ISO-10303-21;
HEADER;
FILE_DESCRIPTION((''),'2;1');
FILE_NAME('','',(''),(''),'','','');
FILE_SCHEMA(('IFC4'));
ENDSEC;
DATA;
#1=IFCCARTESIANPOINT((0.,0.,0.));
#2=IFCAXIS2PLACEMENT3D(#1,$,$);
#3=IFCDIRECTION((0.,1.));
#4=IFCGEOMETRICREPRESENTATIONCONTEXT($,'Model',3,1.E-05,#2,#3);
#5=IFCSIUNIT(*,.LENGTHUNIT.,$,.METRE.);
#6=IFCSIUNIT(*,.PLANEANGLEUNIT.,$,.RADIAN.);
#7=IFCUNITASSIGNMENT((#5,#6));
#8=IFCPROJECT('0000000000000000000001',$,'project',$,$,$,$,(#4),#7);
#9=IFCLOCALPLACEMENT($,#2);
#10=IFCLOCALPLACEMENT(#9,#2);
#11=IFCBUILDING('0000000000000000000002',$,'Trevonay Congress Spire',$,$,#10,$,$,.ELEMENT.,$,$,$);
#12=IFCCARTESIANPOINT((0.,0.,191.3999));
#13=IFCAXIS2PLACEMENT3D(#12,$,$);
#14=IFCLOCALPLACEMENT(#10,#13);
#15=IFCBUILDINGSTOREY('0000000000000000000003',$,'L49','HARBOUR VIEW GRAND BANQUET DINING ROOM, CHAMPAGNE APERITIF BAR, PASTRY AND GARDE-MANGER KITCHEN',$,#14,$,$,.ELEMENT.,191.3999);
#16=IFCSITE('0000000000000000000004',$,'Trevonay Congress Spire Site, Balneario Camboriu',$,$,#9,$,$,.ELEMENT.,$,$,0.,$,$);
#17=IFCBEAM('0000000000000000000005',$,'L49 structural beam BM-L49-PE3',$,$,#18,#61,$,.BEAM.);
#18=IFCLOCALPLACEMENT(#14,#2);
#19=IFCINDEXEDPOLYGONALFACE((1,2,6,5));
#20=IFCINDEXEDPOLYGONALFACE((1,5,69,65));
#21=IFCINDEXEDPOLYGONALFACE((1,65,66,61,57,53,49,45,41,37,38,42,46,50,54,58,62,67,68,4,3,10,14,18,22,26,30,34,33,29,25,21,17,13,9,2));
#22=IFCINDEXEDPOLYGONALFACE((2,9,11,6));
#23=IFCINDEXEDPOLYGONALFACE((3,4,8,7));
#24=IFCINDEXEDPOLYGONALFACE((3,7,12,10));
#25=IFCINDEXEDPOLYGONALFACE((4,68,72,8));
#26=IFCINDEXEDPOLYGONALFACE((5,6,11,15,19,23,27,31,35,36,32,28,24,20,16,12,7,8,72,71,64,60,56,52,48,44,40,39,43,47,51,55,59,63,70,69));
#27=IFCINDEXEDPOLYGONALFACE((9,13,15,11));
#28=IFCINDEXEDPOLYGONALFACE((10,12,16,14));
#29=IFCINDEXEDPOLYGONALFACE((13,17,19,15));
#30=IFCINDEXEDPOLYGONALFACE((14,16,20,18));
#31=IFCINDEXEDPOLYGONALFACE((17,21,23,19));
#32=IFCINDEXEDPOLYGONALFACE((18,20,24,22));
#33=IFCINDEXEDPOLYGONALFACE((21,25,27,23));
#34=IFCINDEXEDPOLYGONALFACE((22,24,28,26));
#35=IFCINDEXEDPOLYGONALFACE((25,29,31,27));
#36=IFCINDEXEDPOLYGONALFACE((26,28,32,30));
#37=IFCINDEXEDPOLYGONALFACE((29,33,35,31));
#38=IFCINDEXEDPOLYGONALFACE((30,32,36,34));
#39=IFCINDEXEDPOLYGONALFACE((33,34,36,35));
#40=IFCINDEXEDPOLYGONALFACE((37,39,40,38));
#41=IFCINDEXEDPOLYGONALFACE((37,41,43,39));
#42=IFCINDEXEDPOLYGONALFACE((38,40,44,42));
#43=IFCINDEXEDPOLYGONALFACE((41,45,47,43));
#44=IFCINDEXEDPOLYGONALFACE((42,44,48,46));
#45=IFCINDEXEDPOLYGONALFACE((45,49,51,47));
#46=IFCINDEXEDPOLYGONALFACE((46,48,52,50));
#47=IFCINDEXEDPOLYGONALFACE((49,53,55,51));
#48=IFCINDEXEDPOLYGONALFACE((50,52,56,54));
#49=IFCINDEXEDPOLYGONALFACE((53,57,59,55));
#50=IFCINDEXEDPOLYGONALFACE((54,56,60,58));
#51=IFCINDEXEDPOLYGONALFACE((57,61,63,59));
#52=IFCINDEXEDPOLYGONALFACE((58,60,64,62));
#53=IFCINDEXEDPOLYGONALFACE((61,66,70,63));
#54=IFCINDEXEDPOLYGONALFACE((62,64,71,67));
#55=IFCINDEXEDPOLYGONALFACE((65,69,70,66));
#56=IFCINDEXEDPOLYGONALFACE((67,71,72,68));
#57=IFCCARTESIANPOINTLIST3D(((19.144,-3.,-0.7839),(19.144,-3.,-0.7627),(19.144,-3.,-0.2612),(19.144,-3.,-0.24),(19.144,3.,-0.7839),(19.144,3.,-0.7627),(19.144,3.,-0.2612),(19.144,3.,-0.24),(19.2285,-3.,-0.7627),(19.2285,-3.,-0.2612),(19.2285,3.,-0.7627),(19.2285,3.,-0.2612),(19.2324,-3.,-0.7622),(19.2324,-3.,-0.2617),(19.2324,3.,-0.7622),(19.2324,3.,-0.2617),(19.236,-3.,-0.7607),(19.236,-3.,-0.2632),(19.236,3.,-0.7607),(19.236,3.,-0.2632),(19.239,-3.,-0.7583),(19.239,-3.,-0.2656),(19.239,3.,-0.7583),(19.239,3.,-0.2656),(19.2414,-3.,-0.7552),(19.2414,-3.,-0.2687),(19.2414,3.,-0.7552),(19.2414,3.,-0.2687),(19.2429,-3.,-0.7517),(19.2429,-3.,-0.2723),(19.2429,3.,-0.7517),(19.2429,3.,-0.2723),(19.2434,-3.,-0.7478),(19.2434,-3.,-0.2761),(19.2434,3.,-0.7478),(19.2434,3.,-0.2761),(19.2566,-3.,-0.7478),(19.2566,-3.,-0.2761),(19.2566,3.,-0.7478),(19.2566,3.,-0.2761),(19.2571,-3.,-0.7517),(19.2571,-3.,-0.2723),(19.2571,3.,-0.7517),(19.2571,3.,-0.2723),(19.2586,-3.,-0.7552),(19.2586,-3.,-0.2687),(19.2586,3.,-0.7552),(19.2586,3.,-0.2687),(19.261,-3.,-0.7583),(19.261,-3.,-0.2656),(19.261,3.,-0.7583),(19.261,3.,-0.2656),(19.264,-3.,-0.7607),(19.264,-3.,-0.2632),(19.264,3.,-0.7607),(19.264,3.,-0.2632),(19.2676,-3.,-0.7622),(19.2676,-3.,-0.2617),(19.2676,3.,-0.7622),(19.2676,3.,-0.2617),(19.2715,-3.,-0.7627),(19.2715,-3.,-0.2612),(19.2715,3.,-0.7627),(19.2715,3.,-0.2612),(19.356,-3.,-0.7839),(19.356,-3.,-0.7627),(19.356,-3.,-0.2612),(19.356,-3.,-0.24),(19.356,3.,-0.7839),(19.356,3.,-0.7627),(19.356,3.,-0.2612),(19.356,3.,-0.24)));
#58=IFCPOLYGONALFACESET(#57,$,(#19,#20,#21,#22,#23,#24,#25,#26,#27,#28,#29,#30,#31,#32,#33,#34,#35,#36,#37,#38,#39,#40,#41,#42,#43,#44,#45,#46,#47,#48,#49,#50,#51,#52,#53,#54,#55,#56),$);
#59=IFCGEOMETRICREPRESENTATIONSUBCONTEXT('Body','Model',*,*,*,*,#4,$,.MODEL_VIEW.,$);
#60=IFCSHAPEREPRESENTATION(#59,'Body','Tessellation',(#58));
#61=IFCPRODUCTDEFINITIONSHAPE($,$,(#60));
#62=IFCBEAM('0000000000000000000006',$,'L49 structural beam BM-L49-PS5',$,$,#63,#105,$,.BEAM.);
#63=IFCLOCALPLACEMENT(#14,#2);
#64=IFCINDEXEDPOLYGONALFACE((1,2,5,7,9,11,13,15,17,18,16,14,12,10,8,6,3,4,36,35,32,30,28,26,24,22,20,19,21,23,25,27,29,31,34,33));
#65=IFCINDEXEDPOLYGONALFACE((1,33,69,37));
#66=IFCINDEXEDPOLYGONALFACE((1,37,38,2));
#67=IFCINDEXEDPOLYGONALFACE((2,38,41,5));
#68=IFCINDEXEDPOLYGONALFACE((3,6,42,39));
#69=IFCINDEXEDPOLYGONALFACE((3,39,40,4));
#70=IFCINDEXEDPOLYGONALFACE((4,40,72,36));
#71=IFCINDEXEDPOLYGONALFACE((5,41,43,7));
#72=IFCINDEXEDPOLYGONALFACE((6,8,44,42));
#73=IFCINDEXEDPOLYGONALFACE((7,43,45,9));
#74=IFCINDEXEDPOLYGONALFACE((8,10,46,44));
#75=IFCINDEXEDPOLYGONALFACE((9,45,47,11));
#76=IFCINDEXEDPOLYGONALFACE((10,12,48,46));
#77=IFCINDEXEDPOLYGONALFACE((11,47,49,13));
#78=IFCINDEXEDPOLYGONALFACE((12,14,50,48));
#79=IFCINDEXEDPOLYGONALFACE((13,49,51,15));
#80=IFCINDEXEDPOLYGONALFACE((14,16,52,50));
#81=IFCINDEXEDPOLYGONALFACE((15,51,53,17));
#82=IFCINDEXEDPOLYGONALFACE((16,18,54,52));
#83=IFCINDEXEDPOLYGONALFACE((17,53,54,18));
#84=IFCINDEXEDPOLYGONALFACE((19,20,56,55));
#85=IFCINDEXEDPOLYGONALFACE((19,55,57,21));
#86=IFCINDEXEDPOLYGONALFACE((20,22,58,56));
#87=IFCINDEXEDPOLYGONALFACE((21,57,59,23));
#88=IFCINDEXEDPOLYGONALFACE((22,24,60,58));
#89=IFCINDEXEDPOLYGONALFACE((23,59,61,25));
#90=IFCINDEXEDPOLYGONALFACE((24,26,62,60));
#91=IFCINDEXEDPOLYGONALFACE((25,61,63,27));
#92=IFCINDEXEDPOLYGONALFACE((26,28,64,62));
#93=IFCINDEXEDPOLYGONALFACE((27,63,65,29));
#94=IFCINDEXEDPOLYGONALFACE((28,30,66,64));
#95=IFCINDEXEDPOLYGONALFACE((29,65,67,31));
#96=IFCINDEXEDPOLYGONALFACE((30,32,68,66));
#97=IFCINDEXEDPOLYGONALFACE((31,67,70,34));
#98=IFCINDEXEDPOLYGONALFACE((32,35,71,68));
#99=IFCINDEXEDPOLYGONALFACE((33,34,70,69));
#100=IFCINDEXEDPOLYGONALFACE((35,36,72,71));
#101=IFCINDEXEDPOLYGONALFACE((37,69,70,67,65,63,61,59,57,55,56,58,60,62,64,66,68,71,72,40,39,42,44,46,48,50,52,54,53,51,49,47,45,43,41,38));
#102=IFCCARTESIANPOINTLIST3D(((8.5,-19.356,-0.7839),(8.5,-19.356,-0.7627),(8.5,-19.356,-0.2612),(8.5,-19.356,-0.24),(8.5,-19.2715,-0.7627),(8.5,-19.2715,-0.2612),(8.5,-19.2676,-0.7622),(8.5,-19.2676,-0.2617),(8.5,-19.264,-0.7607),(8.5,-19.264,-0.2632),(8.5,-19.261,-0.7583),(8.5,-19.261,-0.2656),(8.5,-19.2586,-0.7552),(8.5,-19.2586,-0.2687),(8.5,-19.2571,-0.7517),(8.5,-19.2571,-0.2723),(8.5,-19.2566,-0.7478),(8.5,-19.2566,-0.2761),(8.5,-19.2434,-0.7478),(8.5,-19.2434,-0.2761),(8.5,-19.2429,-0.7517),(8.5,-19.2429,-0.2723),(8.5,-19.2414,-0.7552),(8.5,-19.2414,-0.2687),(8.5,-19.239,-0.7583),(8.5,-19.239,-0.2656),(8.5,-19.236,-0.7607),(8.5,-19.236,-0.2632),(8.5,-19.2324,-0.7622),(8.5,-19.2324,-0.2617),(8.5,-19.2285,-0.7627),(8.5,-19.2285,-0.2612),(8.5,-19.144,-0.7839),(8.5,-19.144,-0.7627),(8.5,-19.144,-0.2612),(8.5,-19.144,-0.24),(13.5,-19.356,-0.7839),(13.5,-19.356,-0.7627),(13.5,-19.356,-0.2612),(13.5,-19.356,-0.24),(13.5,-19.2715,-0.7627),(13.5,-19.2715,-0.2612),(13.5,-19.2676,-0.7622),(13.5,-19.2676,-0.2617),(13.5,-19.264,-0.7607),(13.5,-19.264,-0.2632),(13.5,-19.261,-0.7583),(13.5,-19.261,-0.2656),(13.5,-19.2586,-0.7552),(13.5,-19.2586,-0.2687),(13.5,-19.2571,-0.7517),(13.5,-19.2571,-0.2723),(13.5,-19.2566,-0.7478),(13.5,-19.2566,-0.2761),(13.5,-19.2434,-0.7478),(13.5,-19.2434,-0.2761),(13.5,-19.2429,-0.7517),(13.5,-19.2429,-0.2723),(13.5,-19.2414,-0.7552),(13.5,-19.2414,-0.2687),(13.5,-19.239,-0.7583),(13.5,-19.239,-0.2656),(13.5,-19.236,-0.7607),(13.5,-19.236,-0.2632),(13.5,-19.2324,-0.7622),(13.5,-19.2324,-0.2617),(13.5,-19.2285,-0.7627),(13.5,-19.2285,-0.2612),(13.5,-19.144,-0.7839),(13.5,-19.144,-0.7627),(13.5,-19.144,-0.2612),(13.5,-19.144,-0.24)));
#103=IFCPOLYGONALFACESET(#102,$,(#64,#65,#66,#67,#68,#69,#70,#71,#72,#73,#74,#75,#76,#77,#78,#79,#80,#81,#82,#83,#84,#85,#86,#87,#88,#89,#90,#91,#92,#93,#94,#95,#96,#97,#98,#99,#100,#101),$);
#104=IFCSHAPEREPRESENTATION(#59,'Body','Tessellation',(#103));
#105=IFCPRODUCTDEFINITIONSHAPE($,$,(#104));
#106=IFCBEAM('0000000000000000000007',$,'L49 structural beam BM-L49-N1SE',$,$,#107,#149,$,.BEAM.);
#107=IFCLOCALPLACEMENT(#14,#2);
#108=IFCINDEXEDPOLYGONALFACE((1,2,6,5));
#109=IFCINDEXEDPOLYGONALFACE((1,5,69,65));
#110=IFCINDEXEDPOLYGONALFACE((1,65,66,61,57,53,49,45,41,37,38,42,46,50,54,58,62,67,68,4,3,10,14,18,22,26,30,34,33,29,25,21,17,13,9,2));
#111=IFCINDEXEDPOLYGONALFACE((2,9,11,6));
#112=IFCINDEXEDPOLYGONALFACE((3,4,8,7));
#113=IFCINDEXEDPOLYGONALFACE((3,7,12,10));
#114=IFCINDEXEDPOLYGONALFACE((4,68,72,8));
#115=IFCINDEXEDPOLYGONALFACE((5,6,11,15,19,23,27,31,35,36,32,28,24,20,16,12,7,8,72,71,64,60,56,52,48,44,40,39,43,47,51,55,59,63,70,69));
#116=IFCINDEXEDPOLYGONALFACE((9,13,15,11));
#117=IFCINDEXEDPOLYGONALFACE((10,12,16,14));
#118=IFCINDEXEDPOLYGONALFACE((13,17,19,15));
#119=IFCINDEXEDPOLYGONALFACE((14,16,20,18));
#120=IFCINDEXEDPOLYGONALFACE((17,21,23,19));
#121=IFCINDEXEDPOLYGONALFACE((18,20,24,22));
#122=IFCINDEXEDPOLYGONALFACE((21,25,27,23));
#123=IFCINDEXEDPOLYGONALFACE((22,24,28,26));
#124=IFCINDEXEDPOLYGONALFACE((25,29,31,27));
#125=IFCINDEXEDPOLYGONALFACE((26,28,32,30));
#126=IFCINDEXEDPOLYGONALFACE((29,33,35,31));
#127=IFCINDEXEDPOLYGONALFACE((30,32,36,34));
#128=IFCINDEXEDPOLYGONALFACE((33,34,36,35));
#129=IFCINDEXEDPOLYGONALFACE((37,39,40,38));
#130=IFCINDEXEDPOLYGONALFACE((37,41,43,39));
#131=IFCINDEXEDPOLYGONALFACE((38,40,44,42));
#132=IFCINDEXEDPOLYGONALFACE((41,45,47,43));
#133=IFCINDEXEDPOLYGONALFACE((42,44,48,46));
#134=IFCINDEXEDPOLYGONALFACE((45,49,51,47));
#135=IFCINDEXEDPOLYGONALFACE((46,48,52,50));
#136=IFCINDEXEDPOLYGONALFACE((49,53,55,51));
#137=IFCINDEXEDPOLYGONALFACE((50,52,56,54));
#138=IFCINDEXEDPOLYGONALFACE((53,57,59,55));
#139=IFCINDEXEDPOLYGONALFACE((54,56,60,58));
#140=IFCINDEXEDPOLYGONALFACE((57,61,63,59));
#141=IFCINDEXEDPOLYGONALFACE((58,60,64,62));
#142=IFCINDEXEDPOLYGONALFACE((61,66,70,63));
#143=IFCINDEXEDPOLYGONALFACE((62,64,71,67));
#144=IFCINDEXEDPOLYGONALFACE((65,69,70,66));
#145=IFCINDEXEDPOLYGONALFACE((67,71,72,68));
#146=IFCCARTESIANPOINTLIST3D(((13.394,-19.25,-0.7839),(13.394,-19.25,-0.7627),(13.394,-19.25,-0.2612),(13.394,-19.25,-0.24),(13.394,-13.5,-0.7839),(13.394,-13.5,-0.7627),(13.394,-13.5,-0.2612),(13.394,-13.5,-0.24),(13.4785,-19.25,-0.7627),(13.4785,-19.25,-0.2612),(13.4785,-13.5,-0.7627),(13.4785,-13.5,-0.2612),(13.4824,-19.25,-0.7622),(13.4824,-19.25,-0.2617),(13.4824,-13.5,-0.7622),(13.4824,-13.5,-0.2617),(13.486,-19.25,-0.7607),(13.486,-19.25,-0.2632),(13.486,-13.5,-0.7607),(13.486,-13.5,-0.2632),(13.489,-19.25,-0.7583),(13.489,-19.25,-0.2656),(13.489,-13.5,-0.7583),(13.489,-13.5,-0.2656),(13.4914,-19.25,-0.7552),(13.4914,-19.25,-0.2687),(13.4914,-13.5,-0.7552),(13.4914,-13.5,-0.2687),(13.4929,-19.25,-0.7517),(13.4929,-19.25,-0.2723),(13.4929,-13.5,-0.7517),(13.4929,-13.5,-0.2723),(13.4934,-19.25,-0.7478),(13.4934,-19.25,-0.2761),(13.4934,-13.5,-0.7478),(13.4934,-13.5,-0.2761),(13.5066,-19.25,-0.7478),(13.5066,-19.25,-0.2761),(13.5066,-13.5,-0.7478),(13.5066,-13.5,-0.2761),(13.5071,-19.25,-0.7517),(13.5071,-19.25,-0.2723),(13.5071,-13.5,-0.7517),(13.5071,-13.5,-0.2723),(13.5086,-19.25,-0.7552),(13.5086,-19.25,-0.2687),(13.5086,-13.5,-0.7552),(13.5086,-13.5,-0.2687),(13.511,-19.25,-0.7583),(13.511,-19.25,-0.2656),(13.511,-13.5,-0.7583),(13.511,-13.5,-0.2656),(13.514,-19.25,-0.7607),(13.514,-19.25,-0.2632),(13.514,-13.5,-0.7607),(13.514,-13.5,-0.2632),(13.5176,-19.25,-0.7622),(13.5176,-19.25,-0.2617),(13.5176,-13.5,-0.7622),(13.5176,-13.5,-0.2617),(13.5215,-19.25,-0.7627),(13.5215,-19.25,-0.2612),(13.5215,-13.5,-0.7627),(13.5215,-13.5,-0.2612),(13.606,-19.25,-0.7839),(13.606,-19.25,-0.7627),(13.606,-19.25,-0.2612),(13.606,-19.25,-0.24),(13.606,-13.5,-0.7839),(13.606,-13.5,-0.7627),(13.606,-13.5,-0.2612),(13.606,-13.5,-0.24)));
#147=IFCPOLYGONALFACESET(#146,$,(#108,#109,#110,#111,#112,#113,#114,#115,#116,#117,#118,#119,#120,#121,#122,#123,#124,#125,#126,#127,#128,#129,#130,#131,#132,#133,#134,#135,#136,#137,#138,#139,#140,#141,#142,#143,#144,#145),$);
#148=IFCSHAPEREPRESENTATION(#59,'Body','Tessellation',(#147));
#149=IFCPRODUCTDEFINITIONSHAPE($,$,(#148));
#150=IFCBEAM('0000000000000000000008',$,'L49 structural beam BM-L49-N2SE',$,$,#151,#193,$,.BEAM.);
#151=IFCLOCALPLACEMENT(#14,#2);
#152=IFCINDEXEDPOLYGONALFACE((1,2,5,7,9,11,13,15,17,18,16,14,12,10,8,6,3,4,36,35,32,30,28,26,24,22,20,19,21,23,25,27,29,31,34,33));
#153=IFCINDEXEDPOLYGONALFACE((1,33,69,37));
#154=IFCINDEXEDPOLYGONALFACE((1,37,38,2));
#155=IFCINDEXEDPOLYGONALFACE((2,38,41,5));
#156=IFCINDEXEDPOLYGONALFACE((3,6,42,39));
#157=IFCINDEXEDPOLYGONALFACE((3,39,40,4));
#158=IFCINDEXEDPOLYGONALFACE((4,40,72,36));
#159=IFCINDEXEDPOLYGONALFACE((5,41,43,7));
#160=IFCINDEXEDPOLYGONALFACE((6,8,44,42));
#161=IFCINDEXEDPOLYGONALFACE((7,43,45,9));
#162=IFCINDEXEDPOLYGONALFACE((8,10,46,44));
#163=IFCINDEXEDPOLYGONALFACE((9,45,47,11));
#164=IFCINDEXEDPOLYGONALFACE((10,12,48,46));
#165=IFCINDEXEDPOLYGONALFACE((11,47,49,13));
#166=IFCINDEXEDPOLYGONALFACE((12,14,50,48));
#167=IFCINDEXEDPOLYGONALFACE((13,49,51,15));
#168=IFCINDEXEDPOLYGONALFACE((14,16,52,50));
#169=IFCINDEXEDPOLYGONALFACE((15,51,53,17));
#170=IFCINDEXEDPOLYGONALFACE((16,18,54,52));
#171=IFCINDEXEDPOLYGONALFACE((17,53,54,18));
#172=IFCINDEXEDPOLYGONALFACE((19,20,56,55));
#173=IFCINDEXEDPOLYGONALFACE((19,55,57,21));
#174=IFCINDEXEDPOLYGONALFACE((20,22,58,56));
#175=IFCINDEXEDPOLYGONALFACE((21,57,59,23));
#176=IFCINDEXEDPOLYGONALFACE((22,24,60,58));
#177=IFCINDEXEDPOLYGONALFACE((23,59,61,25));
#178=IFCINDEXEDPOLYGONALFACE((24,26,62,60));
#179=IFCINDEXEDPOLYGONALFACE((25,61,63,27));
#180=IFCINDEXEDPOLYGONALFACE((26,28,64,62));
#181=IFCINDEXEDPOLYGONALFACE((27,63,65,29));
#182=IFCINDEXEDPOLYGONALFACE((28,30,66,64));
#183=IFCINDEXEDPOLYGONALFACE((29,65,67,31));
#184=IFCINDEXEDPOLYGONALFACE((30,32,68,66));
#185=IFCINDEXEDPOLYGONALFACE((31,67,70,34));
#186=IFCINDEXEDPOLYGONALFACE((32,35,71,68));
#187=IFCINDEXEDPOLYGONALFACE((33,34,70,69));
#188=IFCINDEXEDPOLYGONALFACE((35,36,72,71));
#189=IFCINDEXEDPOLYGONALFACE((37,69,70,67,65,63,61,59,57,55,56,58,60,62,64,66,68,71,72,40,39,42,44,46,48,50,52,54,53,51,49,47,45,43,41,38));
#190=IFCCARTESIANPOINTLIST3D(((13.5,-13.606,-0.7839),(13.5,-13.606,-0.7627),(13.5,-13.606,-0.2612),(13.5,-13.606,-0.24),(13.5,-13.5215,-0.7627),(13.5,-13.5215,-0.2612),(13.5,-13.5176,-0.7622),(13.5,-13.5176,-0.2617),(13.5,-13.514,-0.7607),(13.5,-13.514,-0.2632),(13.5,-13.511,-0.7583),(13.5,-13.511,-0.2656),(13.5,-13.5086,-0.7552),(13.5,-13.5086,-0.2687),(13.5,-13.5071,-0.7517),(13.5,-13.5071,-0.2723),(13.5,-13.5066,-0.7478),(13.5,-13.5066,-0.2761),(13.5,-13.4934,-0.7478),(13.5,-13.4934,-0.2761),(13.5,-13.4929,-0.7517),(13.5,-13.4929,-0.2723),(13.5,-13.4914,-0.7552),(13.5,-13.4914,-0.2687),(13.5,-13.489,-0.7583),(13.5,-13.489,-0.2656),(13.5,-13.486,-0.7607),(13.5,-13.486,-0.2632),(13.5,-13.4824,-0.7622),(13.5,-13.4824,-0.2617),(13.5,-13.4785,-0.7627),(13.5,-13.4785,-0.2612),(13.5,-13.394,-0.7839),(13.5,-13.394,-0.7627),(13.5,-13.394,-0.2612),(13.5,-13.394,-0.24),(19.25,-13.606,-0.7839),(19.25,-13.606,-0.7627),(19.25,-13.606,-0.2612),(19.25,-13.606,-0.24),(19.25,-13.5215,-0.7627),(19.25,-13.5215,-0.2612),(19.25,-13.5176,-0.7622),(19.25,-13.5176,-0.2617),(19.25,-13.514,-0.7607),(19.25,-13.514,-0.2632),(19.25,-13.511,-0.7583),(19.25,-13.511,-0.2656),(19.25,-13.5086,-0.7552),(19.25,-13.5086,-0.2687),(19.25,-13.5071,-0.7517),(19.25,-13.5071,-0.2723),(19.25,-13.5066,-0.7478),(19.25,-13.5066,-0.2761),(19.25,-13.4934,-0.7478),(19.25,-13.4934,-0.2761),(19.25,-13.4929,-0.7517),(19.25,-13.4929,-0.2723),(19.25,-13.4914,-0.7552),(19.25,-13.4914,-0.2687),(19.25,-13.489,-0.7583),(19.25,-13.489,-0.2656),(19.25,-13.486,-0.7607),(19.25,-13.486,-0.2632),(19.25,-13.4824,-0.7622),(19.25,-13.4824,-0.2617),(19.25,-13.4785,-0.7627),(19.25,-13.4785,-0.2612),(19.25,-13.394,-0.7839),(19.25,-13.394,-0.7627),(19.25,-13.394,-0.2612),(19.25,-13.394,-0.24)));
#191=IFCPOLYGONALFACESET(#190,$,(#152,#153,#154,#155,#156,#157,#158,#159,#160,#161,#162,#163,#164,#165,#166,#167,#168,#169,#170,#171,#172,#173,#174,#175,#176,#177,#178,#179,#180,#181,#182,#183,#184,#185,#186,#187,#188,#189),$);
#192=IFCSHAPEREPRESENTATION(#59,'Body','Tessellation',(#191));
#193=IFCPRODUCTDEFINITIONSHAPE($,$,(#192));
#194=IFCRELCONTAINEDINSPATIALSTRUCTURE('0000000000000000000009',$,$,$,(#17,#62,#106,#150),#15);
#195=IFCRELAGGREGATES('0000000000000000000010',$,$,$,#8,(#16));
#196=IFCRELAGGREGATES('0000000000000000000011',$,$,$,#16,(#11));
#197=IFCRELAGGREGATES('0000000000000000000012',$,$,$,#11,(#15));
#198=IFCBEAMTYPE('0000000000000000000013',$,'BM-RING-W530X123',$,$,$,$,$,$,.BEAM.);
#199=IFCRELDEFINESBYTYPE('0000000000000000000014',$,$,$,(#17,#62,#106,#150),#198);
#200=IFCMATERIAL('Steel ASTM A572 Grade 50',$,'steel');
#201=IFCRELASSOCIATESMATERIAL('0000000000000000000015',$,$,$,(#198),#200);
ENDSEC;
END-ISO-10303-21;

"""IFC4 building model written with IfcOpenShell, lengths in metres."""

from ifc_helpers import new_model, si_unit, direction, frame, origin, origin_2d, place, context, subcontext, project, spatial, i_section, extrude, material, material_profile, profile_set, type_object, element, save


model = new_model("IFC4")

# Units and contexts
model_context = context("Model", 3, precision=1e-05, world=origin(), true_north=direction((0.0, 1.0)))
body_context = subcontext(model_context, "Body", "Model", "MODEL_VIEW")
ifc_project = project(units=[si_unit("LENGTHUNIT", "METRE"), si_unit("PLANEANGLEUNIT", "RADIAN")], contexts=[model_context])

# Site, building, storey
site_placement = place(None, origin())
site = spatial("IfcSite", under=ifc_project, at=site_placement, Name="Trevonay Congress Spire Site, Balneario Camboriu", CompositionType="ELEMENT", RefElevation=0.0)
building_placement = place(site_placement, origin())
building = spatial("IfcBuilding", under=site, at=building_placement, Name="Trevonay Congress Spire", CompositionType="ELEMENT")
storey_placement = place(building_placement, frame((0.0, 0.0, 191.3999)))
storey = spatial("IfcBuildingStorey", under=building, at=storey_placement, Name="L49", Description="HARBOUR VIEW GRAND BANQUET DINING ROOM, CHAMPAGNE APERITIF BAR, PASTRY AND GARDE-MANGER KITCHEN", CompositionType="ELEMENT", Elevation=191.3999)

# Shared definitions
ifc_material_1 = material(Name="Steel ASTM A572 Grade 50", Category="steel")

# Beams
ifc_material_profile_1 = material_profile(ifc_material_1, i_section(OverallWidth=0.2119, OverallDepth=0.5439, WebThickness=0.0132, FlangeThickness=0.0212, FilletRadius=0.0149, at=origin_2d()), Name="W530x123")
ifc_profile_set_1 = profile_set([ifc_material_profile_1], Name="Steel ASTM A572 Grade 50")
beam_type_1 = type_object("IfcBeamType", Name="BM-RING-W530X123", PredefinedType="BEAM", material=ifc_profile_set_1)
beam_1_placement = place(storey_placement, frame((19.25, -3.0, -0.512), z_axis=(0.0, 1.0, 0.0), x_axis=(-1.0, 0.0, 0.0)))
element("IfcBeam", 1, at=beam_1_placement, inside=storey, type_object=beam_type_1, Name="L49 structural beam BM-L49-PE3", PredefinedType="BEAM", context=body_context, shape_type="SweptSolid", body=[
    extrude(i_section(OverallWidth=0.2119, OverallDepth=0.5439, WebThickness=0.0132, FlangeThickness=0.0212, FilletRadius=0.0149, at=origin_2d()), origin(), (0.0, 0.0, 1.0), 6.0),
])
beam_2_placement = place(storey_placement, frame((8.5, -19.25, -0.512), z_axis=(1.0, 0.0, 0.0), x_axis=(0.0, 1.0, 0.0)))
element("IfcBeam", 2, at=beam_2_placement, inside=storey, type_object=beam_type_1, Name="L49 structural beam BM-L49-PS5", PredefinedType="BEAM", context=body_context, shape_type="SweptSolid", body=[
    extrude(i_section(OverallWidth=0.2119, OverallDepth=0.5439, WebThickness=0.0132, FlangeThickness=0.0212, FilletRadius=0.0149, at=origin_2d()), origin(), (0.0, 0.0, 1.0), 5.0),
])
for number, where, z_axis, x_axis, name in (
    (3, (13.5, -19.25, -0.512), (0.0, 1.0, 0.0), (-1.0, 0.0, 0.0), "L49 structural beam BM-L49-N1SE"),
    (4, (19.25, -13.5, -0.512), (-1.0, 0.0, 0.0), (0.0, -1.0, 0.0), "L49 structural beam BM-L49-N2SE"),
):
    element("IfcBeam", number, at=place(storey_placement, frame(where, z_axis=z_axis, x_axis=x_axis)), inside=storey, type_object=beam_type_1, Name=name, PredefinedType="BEAM", context=body_context, shape_type="SweptSolid", body=[
        extrude(i_section(OverallWidth=0.2119, OverallDepth=0.5439, WebThickness=0.0132, FlangeThickness=0.0212, FilletRadius=0.0149, at=origin_2d()), origin(), (0.0, 0.0, 1.0), 5.75),
    ])

save(model, "model.ifc")
